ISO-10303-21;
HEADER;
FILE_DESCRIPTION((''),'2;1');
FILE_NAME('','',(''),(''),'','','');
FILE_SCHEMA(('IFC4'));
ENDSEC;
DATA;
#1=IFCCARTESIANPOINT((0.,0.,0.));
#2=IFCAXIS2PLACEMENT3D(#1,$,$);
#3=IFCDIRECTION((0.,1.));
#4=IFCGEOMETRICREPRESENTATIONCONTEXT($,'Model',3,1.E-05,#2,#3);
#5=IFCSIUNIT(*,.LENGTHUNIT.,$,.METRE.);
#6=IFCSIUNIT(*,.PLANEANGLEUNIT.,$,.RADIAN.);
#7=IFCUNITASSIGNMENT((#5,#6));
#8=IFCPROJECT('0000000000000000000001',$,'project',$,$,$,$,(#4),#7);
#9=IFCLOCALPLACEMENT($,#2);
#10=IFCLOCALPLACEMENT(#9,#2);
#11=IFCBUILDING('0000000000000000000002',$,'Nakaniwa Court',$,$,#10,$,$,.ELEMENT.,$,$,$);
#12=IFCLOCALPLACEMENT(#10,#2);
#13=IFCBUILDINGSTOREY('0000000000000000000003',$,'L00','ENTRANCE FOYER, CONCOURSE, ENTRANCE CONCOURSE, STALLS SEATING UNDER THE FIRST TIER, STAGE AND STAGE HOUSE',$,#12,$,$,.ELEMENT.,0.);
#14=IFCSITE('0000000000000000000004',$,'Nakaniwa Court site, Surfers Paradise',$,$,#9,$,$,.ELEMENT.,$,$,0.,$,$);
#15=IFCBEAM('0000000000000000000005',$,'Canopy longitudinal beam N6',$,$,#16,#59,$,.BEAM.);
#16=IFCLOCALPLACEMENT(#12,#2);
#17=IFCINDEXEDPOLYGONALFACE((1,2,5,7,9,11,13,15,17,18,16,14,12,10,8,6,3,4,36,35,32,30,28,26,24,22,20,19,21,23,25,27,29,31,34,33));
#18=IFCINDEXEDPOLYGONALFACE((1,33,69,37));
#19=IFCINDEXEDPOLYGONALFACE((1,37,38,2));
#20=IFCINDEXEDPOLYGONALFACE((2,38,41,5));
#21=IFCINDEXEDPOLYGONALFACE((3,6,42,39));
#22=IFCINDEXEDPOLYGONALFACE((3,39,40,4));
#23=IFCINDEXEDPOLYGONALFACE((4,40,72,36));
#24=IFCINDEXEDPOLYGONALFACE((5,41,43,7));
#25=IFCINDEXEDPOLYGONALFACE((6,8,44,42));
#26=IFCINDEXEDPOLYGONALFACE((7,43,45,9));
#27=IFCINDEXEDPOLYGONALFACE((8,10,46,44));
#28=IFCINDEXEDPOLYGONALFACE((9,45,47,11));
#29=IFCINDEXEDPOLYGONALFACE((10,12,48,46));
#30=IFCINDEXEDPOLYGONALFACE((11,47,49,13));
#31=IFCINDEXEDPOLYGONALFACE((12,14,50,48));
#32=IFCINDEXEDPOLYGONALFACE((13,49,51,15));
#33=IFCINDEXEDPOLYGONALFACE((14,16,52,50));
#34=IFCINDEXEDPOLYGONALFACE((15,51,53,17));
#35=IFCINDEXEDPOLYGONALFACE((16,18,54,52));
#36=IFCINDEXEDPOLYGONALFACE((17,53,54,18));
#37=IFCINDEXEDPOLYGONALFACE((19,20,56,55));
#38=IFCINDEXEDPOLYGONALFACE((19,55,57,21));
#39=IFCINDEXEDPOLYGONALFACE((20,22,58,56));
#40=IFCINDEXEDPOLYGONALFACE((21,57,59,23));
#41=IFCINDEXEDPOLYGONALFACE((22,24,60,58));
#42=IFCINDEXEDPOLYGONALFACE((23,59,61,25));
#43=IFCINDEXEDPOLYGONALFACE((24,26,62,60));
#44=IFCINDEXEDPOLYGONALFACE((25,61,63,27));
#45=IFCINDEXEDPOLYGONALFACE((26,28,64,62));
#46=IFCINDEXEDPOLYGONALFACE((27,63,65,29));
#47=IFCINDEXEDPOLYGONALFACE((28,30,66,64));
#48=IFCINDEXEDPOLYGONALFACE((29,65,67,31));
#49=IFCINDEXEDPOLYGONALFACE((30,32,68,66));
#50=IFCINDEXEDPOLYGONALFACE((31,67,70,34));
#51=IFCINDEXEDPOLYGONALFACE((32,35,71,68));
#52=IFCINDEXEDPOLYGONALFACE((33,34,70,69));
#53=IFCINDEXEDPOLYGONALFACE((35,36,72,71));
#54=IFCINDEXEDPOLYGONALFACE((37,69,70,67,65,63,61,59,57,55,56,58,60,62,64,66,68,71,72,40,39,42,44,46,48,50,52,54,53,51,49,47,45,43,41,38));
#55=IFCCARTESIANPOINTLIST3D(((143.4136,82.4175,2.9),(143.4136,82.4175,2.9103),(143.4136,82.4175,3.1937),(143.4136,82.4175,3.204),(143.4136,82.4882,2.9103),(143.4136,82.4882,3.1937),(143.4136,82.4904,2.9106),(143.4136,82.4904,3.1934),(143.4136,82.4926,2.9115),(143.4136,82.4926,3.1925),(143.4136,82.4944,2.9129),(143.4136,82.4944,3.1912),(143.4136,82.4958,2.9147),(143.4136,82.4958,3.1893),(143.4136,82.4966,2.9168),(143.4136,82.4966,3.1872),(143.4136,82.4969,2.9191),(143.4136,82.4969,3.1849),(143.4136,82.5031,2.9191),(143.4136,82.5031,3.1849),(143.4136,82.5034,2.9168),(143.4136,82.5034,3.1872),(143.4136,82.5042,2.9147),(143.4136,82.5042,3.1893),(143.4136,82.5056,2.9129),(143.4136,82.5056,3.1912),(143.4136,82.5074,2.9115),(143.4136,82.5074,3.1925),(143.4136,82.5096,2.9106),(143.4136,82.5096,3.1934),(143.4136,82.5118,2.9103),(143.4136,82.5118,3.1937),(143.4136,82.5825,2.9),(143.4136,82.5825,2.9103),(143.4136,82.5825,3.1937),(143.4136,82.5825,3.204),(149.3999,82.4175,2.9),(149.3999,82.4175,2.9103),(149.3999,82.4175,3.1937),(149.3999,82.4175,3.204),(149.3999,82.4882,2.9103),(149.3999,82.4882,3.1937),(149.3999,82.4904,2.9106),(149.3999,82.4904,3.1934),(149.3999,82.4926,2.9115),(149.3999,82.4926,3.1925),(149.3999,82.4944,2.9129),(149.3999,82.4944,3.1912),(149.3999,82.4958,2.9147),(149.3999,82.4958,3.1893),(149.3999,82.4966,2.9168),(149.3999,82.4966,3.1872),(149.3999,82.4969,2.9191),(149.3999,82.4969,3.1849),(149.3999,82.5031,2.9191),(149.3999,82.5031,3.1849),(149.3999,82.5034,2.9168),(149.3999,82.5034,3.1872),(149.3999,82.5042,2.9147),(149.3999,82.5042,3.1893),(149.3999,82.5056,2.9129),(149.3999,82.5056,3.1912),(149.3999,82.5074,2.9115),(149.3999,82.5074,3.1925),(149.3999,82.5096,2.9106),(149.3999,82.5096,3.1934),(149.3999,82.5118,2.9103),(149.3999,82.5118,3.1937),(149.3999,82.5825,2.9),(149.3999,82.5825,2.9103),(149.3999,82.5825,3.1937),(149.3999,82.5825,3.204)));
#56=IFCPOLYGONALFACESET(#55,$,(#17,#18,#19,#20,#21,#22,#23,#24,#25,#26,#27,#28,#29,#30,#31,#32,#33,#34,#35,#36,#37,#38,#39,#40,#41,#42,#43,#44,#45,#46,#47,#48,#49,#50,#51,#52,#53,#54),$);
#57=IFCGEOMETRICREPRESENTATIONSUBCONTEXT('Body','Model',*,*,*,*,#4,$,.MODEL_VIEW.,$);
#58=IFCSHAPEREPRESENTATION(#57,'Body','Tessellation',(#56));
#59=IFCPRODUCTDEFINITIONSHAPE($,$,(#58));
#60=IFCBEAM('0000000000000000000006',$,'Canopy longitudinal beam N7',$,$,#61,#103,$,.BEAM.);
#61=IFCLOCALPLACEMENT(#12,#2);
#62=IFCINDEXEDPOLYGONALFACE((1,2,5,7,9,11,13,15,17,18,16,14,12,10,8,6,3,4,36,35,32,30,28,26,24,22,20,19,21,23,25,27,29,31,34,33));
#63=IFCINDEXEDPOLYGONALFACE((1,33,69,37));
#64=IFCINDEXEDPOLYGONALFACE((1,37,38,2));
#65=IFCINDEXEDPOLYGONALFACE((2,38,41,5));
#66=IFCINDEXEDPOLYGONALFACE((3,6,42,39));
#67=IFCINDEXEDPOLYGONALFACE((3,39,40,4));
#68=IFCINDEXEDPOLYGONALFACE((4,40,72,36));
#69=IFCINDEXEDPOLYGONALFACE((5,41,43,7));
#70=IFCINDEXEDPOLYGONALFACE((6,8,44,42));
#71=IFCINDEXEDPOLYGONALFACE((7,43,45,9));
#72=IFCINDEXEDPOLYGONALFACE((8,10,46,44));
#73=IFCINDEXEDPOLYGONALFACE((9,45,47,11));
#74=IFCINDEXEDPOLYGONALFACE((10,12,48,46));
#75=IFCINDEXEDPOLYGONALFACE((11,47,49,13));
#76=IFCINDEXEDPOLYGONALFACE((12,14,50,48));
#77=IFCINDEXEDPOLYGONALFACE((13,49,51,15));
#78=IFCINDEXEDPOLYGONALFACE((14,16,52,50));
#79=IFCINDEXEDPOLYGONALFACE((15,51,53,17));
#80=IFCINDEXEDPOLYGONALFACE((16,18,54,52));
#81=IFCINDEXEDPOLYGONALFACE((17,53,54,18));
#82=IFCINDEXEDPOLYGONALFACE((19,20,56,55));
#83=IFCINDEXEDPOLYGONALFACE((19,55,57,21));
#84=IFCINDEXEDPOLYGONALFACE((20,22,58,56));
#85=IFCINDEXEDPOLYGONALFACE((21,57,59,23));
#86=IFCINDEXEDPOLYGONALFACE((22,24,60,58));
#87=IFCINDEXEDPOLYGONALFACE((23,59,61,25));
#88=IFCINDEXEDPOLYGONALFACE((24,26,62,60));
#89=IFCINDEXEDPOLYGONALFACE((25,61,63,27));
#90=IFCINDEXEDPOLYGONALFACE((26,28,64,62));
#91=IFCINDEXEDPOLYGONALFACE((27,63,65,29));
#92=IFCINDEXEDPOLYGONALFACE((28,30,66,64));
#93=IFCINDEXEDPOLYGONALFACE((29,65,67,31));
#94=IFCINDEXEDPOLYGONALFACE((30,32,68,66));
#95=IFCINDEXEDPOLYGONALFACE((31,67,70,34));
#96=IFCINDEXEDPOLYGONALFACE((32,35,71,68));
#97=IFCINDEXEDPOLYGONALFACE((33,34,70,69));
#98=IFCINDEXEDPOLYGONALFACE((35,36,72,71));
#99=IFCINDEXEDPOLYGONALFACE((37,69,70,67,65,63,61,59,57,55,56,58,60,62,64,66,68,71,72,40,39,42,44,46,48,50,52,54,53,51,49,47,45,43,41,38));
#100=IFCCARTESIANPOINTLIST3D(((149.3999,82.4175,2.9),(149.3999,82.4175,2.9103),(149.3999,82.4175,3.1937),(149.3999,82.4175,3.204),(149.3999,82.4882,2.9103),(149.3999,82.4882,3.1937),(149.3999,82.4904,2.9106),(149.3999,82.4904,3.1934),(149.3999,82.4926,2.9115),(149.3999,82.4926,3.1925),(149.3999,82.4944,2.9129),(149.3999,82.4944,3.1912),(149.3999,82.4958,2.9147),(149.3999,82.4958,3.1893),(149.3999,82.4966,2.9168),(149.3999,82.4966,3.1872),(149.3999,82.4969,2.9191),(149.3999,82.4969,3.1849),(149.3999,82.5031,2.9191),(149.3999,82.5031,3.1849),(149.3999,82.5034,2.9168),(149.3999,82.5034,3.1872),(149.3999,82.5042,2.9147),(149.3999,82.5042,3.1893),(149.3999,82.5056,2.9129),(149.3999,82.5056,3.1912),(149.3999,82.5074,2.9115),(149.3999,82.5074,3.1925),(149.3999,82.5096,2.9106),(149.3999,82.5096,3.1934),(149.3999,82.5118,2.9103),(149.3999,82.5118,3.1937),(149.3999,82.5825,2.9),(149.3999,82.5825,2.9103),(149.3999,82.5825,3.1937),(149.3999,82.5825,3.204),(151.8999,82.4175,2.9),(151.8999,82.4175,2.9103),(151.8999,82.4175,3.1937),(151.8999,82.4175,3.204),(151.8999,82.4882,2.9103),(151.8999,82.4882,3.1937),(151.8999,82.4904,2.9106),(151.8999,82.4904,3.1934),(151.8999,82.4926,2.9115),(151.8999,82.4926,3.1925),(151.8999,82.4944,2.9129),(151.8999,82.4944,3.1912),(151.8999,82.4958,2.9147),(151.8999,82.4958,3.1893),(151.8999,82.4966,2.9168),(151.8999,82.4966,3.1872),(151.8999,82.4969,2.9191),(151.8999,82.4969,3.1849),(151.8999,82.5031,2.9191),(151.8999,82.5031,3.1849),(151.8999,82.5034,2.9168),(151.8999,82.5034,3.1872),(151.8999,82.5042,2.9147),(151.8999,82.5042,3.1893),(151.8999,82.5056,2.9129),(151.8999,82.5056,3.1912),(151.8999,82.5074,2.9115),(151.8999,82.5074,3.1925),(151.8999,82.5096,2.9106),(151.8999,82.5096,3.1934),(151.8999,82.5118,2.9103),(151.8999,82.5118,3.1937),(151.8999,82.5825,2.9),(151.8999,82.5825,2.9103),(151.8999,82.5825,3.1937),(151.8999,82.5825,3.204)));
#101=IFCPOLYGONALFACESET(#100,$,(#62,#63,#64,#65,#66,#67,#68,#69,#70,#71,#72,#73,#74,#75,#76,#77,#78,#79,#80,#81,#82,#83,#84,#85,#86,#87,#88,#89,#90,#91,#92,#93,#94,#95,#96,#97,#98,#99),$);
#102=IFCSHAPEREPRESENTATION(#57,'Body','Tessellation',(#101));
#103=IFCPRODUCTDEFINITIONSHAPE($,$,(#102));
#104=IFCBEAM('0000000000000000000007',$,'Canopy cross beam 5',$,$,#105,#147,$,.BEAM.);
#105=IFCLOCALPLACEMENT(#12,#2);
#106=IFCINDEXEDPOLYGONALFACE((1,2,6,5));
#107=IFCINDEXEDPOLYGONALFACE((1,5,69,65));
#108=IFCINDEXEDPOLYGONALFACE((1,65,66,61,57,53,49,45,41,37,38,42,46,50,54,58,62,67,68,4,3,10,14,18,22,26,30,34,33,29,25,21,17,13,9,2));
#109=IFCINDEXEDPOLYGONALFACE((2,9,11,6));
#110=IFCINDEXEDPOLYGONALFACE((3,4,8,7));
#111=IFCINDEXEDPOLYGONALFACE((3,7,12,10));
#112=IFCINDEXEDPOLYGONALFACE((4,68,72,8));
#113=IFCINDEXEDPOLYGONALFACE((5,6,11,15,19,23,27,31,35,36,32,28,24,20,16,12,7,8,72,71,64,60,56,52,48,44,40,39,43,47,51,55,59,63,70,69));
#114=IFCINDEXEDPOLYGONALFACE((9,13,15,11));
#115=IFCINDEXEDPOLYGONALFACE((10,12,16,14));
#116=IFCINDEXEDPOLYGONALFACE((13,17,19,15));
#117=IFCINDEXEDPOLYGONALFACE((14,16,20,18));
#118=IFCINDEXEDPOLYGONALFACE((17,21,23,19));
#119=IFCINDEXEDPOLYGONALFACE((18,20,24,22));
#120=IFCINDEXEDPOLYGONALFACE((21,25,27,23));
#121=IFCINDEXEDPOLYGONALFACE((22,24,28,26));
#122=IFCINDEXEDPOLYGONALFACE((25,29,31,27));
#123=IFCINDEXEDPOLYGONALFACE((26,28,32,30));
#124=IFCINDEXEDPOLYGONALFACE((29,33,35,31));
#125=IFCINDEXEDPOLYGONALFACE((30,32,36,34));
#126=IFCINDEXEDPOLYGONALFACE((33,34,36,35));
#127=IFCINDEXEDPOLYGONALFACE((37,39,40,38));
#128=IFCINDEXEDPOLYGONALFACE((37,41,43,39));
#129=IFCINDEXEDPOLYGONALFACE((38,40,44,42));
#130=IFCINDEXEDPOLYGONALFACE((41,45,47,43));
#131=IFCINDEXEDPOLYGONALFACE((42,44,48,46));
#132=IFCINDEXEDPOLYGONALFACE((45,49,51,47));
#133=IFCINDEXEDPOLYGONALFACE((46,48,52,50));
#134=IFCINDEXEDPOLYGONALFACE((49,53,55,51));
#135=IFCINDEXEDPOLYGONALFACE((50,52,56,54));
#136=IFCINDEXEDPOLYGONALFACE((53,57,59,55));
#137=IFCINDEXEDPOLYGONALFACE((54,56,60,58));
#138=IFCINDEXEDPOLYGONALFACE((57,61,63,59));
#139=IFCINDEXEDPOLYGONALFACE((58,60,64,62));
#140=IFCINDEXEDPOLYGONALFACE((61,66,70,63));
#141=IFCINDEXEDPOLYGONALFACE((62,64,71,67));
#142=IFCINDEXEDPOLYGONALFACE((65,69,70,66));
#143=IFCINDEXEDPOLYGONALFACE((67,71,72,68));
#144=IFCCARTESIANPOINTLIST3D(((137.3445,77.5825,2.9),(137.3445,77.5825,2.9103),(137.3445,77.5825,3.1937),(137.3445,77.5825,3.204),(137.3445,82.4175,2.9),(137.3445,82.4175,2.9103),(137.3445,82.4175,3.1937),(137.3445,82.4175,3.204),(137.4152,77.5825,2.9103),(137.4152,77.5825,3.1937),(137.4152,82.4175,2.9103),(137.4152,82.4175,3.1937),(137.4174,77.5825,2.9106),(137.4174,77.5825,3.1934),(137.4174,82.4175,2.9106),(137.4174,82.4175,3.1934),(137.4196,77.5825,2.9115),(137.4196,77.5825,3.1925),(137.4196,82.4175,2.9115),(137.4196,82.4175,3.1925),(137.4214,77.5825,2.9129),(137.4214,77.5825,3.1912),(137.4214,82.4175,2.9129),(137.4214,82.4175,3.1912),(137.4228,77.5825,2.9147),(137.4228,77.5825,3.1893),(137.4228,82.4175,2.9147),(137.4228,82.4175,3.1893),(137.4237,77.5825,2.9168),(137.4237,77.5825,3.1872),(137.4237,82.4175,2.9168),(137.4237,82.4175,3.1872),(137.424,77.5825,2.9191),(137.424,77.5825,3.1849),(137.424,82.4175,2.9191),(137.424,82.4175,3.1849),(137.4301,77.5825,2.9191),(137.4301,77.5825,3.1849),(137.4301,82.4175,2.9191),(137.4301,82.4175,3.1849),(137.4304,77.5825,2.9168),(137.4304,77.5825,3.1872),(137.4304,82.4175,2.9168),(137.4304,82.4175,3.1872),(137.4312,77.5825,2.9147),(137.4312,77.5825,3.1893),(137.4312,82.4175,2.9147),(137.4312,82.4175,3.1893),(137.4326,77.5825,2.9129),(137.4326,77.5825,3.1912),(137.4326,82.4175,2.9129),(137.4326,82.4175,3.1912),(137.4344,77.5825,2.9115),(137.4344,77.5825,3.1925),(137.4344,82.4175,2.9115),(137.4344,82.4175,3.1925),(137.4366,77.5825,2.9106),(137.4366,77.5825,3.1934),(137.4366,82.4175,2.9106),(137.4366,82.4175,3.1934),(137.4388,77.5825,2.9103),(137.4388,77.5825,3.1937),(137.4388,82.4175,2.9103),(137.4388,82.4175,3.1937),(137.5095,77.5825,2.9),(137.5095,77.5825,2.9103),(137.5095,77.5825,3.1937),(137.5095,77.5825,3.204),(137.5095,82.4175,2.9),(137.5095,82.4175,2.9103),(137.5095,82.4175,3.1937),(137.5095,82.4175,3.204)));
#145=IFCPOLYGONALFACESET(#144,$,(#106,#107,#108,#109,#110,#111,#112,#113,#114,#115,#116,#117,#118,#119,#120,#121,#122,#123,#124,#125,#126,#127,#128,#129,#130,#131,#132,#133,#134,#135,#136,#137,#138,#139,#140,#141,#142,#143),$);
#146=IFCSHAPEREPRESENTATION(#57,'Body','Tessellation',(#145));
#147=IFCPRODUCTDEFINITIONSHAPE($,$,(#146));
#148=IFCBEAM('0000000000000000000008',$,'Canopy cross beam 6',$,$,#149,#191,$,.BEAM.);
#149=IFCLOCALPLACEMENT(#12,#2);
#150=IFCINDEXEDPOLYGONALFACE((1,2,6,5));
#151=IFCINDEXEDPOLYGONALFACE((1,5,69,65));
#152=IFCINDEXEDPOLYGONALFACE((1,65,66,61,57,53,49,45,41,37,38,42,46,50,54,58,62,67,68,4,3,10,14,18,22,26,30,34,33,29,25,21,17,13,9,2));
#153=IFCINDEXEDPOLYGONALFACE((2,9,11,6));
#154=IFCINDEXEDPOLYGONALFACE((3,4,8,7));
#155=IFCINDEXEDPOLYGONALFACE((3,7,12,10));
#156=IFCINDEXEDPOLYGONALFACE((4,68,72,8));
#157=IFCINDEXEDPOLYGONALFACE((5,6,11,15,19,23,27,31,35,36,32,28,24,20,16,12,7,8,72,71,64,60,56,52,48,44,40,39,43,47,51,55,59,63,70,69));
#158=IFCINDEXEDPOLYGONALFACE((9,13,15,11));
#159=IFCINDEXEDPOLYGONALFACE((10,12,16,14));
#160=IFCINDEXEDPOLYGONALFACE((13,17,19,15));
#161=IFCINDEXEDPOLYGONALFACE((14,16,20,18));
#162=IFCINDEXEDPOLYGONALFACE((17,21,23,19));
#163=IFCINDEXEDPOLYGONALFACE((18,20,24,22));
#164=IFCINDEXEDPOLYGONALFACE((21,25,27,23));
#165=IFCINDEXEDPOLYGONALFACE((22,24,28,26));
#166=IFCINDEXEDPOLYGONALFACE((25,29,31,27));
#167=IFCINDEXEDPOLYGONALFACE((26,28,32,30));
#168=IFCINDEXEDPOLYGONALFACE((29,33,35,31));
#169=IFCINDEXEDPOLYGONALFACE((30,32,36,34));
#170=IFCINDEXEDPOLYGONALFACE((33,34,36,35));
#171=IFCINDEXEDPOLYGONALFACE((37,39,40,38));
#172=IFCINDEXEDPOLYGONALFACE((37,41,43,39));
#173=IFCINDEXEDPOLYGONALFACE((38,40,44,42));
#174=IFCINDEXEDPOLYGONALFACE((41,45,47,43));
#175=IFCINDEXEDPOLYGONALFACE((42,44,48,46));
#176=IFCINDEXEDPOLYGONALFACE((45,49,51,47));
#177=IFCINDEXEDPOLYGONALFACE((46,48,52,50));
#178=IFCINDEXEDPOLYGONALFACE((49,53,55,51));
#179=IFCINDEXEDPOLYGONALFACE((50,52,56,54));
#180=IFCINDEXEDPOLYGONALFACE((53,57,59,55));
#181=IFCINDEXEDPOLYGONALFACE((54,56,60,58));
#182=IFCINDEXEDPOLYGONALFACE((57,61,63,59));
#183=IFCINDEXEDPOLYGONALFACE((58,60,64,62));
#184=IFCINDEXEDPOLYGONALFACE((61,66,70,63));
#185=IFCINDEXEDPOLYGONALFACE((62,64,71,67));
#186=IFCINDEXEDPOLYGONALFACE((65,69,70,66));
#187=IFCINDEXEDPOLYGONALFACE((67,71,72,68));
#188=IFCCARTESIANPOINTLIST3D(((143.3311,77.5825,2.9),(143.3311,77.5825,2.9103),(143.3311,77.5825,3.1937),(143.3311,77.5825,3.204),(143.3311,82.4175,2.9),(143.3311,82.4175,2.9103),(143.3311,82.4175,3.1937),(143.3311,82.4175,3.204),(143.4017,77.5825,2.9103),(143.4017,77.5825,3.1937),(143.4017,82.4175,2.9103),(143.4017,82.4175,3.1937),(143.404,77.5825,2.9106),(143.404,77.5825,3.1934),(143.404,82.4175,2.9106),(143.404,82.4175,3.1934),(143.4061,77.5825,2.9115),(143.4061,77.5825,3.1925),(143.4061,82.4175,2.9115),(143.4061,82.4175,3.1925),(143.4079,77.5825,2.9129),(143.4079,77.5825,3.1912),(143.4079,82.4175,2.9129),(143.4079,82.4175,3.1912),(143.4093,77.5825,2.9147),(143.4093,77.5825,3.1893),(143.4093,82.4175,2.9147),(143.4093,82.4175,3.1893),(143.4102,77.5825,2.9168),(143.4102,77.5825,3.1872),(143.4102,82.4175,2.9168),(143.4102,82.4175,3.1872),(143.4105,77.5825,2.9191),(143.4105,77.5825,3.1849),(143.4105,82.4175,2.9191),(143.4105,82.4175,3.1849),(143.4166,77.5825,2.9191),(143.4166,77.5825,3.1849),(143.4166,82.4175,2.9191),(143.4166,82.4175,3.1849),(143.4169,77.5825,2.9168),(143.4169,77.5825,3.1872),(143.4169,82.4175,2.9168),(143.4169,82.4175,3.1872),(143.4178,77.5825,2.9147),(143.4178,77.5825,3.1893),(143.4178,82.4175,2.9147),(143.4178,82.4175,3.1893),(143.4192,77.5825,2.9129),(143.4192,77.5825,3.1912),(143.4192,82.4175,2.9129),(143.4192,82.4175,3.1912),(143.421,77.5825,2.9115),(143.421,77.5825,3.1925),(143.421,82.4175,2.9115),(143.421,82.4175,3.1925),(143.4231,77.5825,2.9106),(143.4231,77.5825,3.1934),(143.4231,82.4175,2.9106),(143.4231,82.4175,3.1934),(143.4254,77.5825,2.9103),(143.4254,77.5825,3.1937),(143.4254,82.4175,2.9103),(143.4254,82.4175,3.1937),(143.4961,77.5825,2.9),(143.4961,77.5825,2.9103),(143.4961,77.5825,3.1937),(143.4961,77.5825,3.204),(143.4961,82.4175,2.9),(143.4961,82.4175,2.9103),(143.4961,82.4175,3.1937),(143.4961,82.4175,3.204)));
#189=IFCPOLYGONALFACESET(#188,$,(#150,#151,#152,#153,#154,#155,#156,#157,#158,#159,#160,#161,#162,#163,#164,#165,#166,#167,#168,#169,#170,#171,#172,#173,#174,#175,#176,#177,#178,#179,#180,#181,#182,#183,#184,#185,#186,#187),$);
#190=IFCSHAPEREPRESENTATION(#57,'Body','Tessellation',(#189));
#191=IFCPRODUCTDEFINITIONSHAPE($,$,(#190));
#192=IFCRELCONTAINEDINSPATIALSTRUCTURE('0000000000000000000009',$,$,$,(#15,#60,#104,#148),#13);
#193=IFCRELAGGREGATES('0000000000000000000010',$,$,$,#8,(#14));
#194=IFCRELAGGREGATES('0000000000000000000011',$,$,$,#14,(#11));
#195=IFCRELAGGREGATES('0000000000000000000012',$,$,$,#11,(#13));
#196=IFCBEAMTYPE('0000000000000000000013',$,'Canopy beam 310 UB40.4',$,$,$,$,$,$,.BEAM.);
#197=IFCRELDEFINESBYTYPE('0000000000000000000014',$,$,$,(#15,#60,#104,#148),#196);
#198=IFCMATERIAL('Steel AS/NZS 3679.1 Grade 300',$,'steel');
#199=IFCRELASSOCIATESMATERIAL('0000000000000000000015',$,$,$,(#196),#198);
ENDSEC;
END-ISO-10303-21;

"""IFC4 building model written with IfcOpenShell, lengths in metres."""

from ifc_helpers import new_model, si_unit, direction, frame, origin, origin_2d, place, context, subcontext, project, spatial, i_section, extrude, material, material_profile, profile_set, type_object, element, save


model = new_model("IFC4")

# Units and contexts
model_context = context("Model", 3, precision=1e-05, world=origin(), true_north=direction((0.0, 1.0)))
body_context = subcontext(model_context, "Body", "Model", "MODEL_VIEW")
ifc_project = project(units=[si_unit("LENGTHUNIT", "METRE"), si_unit("PLANEANGLEUNIT", "RADIAN")], contexts=[model_context])

# Site, building, storey
site_placement = place(None, origin())
site = spatial("IfcSite", under=ifc_project, at=site_placement, Name="Nakaniwa Court site, Surfers Paradise", CompositionType="ELEMENT", RefElevation=0.0)
building_placement = place(site_placement, origin())
building = spatial("IfcBuilding", under=site, at=building_placement, Name="Nakaniwa Court", CompositionType="ELEMENT")
storey_placement = place(building_placement, origin())
storey = spatial("IfcBuildingStorey", under=building, at=storey_placement, Name="L00", Description="ENTRANCE FOYER, CONCOURSE, ENTRANCE CONCOURSE, STALLS SEATING UNDER THE FIRST TIER, STAGE AND STAGE HOUSE", CompositionType="ELEMENT", Elevation=0.0)

# Beams
ifc_material_1 = material(Name="Steel AS/NZS 3679.1 Grade 300", Category="steel")
ifc_material_profile_1 = material_profile(ifc_material_1, i_section(OverallWidth=0.165, OverallDepth=0.304, WebThickness=0.0061, FlangeThickness=0.0103, FilletRadius=0.0088, at=origin_2d()), Name="310UB40.4")
ifc_profile_set_1 = profile_set([ifc_material_profile_1], Name="Steel AS/NZS 3679.1 Grade 300")
beam_type = type_object("IfcBeamType", Name="Canopy beam 310 UB40.4", PredefinedType="BEAM", material=ifc_profile_set_1)
beam_1_placement = place(storey_placement, frame((143.4136, 82.5, 3.052), z_axis=(1.0, 0.0, 0.0), x_axis=(0.0, 1.0, 0.0)))
element("IfcBeam", 1, at=beam_1_placement, inside=storey, type_object=beam_type, Name="Canopy longitudinal beam N6", PredefinedType="BEAM", context=body_context, shape_type="SweptSolid", body=[
    extrude(i_section(OverallWidth=0.165, OverallDepth=0.304, WebThickness=0.0061, FlangeThickness=0.0103, FilletRadius=0.0088, at=origin_2d()), origin(), (0.0, 0.0, 1.0), 5.9863),
])
beam_2_placement = place(storey_placement, frame((149.3999, 82.5, 3.052), z_axis=(1.0, 0.0, 0.0), x_axis=(0.0, 1.0, 0.0)))
element("IfcBeam", 2, at=beam_2_placement, inside=storey, type_object=beam_type, Name="Canopy longitudinal beam N7", PredefinedType="BEAM", context=body_context, shape_type="SweptSolid", body=[
    extrude(i_section(OverallWidth=0.165, OverallDepth=0.304, WebThickness=0.0061, FlangeThickness=0.0103, FilletRadius=0.0088, at=origin_2d()), origin(), (0.0, 0.0, 1.0), 2.5),
])
for number, where, z_axis, x_axis, name in (
    (3, (137.427, 77.5825, 3.052), (0.0, 1.0, 0.0), (-1.0, 0.0, 0.0), "Canopy cross beam 5"),
    (4, (143.4136, 77.5825, 3.052), (0.0, 1.0, 0.0), (-1.0, 0.0, 0.0), "Canopy cross beam 6"),
):
    element("IfcBeam", number, at=place(storey_placement, frame(where, z_axis=z_axis, x_axis=x_axis)), inside=storey, type_object=beam_type, Name=name, PredefinedType="BEAM", context=body_context, shape_type="SweptSolid", body=[
        extrude(i_section(OverallWidth=0.165, OverallDepth=0.304, WebThickness=0.0061, FlangeThickness=0.0103, FilletRadius=0.0088, at=origin_2d()), origin(), (0.0, 0.0, 1.0), 4.835),
    ])

save(model, "model.ifc")
